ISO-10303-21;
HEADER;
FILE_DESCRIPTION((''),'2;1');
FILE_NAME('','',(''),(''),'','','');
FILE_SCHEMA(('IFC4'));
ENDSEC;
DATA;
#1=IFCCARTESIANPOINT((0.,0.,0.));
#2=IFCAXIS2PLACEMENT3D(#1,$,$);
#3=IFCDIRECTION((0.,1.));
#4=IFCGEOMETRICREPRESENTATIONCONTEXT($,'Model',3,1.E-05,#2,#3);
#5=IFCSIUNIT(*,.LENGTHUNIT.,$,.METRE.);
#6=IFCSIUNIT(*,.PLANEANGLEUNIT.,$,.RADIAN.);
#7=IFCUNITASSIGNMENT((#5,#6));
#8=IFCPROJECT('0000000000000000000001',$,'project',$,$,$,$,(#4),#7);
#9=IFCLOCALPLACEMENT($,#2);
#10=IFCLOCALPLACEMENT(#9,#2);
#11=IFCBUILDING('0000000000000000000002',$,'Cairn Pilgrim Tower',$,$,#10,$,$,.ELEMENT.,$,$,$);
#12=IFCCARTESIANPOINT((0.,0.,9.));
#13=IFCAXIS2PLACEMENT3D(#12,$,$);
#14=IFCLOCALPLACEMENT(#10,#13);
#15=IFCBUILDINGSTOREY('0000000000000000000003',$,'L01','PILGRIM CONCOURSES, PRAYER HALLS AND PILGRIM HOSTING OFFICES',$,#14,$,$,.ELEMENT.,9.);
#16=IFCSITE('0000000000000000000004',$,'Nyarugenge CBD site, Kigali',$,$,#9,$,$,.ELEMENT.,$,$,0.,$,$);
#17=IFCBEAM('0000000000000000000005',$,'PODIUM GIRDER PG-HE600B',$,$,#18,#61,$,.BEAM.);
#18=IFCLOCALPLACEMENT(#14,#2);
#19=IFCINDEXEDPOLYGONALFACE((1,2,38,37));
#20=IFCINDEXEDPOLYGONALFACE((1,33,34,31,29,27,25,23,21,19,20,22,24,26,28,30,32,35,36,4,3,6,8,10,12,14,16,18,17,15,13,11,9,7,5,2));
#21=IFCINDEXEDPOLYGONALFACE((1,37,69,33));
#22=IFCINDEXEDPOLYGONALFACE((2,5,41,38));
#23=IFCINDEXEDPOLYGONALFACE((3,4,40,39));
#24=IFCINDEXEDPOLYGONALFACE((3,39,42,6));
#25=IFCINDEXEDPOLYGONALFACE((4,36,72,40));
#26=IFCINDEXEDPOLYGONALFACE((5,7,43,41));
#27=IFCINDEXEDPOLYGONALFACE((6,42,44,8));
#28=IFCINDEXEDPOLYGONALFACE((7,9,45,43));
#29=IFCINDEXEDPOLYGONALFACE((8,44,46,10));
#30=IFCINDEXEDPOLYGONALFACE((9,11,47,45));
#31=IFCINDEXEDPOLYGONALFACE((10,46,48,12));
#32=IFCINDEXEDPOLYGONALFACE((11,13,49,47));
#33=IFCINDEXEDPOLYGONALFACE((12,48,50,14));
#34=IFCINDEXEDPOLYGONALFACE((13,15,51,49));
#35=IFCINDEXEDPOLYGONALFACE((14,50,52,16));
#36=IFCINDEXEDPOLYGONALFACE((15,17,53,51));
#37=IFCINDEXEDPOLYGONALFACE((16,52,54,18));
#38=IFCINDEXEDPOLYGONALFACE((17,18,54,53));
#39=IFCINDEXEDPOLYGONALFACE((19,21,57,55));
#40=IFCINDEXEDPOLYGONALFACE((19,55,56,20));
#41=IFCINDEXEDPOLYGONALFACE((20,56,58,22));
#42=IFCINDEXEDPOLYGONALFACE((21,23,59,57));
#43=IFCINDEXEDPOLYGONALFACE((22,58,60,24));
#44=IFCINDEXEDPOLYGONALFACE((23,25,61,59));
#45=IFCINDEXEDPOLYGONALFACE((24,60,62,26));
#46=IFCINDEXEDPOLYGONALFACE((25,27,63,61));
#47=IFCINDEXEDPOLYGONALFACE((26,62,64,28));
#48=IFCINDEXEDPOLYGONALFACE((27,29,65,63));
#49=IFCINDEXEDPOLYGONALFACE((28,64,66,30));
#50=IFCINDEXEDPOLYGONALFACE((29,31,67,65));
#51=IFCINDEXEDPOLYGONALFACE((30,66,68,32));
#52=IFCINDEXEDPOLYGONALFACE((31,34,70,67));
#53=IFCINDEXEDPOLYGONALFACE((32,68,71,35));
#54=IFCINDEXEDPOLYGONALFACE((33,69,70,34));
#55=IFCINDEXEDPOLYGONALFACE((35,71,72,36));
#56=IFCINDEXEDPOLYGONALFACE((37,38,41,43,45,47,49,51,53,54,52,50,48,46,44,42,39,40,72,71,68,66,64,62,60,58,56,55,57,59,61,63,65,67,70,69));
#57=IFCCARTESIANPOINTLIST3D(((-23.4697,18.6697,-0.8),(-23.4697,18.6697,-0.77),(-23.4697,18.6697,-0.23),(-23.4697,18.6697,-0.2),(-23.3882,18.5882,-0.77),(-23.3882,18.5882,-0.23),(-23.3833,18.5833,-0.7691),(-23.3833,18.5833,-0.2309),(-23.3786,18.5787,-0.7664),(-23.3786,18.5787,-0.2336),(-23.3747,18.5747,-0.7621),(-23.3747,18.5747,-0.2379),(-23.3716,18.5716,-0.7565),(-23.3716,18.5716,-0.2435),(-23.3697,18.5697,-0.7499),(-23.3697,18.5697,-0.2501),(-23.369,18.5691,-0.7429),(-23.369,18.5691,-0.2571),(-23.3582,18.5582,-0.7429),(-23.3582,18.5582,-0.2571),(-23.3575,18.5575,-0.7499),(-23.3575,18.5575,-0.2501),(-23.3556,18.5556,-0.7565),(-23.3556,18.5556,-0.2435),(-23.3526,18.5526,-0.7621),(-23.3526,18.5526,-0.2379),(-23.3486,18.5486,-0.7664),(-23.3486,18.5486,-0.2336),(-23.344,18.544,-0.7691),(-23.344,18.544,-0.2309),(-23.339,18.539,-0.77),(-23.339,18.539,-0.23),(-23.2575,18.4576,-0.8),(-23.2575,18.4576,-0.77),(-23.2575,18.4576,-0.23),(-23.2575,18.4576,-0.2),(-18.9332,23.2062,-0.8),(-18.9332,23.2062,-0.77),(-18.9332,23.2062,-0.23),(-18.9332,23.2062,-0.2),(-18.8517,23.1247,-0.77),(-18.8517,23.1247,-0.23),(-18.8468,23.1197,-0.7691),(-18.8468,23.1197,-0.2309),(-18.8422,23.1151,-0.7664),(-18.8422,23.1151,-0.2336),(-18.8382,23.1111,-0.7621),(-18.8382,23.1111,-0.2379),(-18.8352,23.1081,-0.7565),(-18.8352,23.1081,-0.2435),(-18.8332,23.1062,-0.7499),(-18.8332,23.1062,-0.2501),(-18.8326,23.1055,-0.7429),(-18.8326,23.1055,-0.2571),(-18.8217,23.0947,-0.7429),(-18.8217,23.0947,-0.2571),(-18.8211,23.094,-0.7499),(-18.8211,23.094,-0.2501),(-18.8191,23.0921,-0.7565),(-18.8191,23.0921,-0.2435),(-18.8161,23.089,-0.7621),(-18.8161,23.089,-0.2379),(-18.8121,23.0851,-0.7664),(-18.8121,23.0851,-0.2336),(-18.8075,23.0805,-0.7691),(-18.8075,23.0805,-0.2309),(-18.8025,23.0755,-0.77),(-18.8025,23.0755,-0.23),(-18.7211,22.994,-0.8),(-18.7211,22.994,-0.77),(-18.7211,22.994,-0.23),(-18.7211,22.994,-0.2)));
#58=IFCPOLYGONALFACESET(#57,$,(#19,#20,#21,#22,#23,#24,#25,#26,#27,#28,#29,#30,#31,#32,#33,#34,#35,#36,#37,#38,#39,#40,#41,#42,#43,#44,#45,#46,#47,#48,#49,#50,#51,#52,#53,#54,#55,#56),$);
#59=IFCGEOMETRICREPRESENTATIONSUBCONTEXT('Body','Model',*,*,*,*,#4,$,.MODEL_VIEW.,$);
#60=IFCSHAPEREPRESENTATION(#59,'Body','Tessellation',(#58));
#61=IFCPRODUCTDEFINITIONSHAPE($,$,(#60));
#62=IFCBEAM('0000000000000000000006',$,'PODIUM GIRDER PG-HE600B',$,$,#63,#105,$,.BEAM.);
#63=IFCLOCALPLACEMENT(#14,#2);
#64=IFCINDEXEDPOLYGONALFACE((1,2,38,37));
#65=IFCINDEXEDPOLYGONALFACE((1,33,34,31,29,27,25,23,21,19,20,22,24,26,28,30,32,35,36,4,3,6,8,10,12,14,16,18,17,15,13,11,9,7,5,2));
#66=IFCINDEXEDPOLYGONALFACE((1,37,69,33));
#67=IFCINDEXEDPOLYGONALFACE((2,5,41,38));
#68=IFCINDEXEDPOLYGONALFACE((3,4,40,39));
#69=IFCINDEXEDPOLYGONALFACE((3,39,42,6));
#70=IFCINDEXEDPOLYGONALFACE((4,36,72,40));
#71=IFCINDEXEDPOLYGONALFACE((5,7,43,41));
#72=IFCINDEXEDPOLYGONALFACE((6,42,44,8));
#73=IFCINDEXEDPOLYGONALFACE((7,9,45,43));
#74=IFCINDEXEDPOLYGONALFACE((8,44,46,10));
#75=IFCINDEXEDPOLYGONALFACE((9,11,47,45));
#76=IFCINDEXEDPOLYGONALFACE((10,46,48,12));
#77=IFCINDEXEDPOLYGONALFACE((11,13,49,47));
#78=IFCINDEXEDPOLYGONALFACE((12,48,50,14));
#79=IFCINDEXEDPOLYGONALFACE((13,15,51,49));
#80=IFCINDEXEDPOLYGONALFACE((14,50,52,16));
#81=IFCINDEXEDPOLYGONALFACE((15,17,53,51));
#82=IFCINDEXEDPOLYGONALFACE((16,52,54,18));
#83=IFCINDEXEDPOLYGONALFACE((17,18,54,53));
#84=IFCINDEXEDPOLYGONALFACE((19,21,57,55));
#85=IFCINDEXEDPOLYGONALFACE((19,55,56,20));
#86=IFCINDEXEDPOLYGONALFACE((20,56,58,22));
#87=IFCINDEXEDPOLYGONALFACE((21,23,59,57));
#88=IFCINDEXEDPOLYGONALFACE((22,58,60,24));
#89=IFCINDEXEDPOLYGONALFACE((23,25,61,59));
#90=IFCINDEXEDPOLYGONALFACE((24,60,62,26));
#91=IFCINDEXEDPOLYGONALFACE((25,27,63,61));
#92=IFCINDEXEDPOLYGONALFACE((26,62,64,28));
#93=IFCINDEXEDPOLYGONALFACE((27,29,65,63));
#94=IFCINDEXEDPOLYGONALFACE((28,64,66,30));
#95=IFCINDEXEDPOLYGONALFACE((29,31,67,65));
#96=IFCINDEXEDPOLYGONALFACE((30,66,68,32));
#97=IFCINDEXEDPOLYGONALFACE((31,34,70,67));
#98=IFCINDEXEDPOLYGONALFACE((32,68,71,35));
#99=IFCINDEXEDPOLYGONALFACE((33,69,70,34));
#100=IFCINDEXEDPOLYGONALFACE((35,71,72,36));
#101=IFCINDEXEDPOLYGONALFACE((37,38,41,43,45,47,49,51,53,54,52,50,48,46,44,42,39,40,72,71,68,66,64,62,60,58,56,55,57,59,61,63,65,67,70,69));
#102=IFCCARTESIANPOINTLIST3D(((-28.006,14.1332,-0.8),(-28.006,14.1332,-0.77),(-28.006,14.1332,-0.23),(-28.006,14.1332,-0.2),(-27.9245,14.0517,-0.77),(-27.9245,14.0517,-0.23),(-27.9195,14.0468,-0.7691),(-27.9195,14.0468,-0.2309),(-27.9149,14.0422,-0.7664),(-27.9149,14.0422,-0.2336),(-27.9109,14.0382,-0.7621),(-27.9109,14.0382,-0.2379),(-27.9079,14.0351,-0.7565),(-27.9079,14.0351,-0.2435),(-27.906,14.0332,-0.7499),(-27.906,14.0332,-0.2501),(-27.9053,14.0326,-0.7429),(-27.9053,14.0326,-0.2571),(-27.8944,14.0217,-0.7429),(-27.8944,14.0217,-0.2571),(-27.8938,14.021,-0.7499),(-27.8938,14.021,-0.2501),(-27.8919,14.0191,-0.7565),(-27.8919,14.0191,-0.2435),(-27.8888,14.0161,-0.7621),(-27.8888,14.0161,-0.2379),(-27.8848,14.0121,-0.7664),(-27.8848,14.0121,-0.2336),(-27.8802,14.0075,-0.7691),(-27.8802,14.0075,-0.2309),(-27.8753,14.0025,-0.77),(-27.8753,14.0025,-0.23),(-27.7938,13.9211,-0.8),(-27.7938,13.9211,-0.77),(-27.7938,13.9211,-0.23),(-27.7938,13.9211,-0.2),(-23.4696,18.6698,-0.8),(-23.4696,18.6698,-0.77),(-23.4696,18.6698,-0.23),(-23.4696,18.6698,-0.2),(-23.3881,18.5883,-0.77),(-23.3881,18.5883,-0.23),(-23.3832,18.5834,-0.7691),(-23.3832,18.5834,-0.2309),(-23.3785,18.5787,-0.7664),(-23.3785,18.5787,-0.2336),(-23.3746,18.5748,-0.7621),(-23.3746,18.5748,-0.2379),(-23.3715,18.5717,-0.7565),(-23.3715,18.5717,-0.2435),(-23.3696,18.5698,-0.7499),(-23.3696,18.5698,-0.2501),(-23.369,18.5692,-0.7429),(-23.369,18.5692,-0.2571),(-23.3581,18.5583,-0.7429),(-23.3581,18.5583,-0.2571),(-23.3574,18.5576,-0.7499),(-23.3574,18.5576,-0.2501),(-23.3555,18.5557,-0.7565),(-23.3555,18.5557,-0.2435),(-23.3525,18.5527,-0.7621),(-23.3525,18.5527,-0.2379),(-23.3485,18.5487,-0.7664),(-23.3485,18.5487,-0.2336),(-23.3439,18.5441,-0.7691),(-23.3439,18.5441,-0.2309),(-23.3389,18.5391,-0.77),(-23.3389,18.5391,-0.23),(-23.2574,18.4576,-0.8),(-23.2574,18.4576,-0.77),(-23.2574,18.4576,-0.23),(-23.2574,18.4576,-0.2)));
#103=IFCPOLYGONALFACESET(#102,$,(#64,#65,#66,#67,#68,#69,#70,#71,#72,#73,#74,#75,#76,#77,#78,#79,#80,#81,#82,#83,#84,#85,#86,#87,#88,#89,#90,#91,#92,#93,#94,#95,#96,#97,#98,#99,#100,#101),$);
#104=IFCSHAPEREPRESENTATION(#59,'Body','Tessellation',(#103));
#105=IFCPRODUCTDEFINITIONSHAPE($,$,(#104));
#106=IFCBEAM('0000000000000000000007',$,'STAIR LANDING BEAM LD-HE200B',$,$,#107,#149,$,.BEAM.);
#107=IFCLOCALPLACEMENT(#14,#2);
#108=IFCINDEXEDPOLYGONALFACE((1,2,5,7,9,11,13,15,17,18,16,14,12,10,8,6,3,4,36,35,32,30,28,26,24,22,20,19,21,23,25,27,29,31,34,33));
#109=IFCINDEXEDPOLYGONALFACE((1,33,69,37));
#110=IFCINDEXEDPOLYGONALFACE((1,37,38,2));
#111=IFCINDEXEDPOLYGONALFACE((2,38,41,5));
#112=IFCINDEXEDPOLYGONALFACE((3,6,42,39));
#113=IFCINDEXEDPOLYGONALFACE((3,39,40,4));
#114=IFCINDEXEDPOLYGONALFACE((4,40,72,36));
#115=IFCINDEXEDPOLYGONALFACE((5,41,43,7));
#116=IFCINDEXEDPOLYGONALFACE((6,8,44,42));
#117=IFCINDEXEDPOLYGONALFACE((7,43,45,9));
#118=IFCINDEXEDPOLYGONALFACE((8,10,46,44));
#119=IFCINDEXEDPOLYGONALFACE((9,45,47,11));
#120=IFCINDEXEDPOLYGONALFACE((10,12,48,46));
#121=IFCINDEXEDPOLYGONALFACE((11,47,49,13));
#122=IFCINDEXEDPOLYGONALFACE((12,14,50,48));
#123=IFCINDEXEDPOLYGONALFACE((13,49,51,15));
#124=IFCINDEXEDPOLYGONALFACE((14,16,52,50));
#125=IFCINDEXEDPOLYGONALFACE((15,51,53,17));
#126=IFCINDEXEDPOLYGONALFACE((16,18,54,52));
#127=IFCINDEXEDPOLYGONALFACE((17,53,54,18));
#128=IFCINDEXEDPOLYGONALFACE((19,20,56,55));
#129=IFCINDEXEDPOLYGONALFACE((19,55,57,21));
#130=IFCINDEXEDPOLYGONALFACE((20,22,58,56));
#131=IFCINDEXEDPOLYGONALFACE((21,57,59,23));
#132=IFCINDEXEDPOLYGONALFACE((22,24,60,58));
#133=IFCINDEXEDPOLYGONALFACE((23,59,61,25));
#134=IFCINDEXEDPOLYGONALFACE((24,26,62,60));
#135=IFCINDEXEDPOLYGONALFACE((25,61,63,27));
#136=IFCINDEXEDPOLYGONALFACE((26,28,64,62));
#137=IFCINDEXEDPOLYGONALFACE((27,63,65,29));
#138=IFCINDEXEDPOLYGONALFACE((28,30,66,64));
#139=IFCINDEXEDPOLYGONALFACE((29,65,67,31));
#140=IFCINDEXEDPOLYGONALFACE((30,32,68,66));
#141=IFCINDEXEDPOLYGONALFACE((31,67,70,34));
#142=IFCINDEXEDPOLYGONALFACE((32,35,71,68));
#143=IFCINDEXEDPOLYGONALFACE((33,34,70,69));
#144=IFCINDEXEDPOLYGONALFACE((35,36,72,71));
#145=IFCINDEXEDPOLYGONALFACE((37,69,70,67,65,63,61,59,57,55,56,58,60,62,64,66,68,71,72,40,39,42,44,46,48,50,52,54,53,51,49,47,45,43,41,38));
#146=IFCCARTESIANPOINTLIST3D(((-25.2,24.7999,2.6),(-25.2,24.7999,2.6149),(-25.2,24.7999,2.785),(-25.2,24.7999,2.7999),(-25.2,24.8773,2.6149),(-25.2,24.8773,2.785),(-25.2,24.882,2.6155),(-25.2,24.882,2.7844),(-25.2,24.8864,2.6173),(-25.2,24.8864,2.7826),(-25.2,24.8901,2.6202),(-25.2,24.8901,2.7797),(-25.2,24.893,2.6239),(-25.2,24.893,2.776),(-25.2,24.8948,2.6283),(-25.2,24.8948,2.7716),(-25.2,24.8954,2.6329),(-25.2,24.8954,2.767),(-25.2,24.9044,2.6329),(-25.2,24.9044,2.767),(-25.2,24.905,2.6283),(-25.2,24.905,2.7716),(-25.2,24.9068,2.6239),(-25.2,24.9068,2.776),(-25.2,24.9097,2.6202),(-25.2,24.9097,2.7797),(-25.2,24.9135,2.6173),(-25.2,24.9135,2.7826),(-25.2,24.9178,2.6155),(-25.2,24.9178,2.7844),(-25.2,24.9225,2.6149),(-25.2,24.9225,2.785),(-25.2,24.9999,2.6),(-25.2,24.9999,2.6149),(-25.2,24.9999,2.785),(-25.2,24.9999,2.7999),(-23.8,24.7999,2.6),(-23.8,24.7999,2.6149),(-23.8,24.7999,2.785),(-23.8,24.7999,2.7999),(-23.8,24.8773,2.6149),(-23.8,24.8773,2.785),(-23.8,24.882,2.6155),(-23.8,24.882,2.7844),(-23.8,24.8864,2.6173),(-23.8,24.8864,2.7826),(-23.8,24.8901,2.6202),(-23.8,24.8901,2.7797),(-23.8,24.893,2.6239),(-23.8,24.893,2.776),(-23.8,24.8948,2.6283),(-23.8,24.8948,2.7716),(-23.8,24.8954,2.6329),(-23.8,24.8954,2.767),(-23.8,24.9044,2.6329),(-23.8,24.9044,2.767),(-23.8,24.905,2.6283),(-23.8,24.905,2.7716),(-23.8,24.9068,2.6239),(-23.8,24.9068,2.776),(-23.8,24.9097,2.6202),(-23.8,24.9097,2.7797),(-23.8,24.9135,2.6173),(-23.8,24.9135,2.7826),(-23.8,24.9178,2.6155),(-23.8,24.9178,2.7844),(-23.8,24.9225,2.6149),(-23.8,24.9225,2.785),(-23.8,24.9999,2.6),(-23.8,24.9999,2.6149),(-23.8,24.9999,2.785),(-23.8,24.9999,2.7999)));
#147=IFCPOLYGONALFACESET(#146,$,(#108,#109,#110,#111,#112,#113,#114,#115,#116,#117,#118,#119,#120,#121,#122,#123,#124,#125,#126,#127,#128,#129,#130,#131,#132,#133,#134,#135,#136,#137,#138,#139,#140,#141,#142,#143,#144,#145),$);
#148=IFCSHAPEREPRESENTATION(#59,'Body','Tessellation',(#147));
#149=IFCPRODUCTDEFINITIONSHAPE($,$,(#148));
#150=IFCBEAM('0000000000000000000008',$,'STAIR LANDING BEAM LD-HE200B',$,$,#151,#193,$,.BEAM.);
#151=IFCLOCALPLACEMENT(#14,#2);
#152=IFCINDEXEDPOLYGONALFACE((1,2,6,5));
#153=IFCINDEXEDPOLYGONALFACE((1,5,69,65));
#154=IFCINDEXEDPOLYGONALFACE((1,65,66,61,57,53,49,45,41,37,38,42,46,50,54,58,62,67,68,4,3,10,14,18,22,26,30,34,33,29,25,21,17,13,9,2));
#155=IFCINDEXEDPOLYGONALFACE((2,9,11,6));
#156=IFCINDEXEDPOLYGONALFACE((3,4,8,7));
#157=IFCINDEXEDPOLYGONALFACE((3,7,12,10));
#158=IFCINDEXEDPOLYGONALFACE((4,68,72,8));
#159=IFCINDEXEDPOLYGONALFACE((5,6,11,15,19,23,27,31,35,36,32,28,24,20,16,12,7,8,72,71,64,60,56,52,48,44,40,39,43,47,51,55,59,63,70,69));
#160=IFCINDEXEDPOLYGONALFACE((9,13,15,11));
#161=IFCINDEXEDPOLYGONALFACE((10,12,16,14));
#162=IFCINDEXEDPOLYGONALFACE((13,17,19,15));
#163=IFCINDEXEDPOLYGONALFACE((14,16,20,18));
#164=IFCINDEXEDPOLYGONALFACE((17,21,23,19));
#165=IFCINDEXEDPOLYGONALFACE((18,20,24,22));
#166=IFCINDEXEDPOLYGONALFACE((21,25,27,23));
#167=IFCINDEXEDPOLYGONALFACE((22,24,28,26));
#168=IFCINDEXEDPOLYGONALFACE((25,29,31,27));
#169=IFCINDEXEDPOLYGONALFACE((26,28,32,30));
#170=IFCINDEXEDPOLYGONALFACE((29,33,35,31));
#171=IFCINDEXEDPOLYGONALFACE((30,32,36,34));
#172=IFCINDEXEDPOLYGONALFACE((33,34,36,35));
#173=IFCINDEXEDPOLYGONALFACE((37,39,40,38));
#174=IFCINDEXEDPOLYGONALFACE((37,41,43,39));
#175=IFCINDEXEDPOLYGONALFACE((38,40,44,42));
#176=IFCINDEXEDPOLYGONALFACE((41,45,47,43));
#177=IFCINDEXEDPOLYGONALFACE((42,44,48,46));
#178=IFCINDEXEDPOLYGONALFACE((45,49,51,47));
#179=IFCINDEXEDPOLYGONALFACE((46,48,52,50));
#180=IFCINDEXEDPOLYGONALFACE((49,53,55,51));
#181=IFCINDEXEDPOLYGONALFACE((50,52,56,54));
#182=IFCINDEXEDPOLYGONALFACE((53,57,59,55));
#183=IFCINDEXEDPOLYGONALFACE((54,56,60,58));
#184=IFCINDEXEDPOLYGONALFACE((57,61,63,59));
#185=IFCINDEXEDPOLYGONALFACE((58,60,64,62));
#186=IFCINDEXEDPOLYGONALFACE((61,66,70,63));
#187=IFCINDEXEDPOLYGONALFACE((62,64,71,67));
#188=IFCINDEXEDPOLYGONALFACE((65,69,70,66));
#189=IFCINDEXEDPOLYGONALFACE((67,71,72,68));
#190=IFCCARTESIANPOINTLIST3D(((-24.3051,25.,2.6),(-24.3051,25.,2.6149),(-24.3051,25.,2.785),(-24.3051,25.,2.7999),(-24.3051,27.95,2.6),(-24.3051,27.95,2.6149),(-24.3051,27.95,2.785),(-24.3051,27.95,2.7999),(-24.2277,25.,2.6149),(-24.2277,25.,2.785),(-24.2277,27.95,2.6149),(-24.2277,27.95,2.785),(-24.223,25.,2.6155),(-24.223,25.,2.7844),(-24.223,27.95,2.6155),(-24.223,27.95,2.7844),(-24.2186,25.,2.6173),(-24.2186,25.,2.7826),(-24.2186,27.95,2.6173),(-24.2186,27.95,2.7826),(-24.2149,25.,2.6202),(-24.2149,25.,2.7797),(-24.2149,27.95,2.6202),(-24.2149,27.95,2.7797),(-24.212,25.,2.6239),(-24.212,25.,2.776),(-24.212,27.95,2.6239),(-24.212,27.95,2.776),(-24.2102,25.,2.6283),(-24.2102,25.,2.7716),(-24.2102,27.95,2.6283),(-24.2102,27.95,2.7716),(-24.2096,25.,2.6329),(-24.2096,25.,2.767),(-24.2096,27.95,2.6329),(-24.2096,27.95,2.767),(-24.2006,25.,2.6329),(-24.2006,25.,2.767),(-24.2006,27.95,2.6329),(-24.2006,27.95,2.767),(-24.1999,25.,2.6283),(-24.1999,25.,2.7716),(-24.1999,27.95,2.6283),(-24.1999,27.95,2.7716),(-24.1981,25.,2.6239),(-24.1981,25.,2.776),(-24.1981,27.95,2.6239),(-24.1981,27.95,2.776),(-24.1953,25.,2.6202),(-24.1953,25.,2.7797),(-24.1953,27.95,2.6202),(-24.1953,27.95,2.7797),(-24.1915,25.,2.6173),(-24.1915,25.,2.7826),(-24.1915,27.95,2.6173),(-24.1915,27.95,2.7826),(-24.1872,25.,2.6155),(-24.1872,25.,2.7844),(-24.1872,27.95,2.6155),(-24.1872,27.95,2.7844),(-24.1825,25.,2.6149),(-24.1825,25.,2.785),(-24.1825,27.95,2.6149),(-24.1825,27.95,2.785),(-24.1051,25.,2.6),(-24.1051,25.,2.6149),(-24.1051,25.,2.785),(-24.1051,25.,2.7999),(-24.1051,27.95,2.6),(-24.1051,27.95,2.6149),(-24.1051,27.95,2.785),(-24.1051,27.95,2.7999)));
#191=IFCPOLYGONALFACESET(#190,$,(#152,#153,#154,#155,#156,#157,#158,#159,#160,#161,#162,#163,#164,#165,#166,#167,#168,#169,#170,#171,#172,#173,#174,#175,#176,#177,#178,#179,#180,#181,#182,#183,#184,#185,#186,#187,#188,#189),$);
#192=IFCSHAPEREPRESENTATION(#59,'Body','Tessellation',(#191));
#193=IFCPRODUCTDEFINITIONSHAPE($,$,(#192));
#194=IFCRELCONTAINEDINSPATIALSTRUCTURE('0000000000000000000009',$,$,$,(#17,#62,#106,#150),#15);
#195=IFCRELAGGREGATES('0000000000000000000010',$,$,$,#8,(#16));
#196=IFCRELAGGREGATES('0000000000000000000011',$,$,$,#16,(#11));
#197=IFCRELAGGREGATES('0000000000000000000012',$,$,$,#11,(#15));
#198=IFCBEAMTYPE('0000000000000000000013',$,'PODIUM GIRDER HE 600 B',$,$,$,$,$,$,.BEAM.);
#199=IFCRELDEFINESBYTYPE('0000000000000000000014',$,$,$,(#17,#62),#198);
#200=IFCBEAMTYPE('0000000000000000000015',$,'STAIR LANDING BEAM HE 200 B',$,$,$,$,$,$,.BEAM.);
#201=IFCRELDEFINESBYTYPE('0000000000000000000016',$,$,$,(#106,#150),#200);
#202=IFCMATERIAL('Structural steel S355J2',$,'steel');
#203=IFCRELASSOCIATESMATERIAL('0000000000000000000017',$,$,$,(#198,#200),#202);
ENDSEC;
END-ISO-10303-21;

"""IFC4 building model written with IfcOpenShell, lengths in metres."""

from ifc_helpers import new_model, si_unit, direction, frame, origin, origin_2d, place, context, subcontext, project, spatial, i_section, extrude, material, material_profile, profile_set, type_object, element, save


model = new_model("IFC4")

# Units and contexts
model_context = context("Model", 3, precision=1e-05, world=origin(), true_north=direction((0.0, 1.0)))
body_context = subcontext(model_context, "Body", "Model", "MODEL_VIEW")
ifc_project = project(units=[si_unit("LENGTHUNIT", "METRE"), si_unit("PLANEANGLEUNIT", "RADIAN")], contexts=[model_context])

# Site, building, storey
site_placement = place(None, origin())
site = spatial("IfcSite", under=ifc_project, at=site_placement, Name="Nyarugenge CBD site, Kigali", CompositionType="ELEMENT", RefElevation=0.0)
building_placement = place(site_placement, origin())
building = spatial("IfcBuilding", under=site, at=building_placement, Name="Cairn Pilgrim Tower", CompositionType="ELEMENT")
storey_placement = place(building_placement, frame((0.0, 0.0, 9.0)))
storey = spatial("IfcBuildingStorey", under=building, at=storey_placement, Name="L01", Description="PILGRIM CONCOURSES, PRAYER HALLS AND PILGRIM HOSTING OFFICES", CompositionType="ELEMENT", Elevation=9.0)

# Shared definitions
ifc_material_1 = material(Name="Structural steel S355J2", Category="steel")

# Beams
ifc_material_profile_1 = material_profile(ifc_material_1, i_section(OverallWidth=0.3, OverallDepth=0.6001, WebThickness=0.0154, FlangeThickness=0.03, FilletRadius=0.0271, at=origin_2d()), Name="HEB 600")
ifc_profile_set_1 = profile_set([ifc_material_profile_1], Name="Structural steel S355J2")
beam_type_1 = type_object("IfcBeamType", Name="PODIUM GIRDER HE 600 B", PredefinedType="BEAM", material=ifc_profile_set_1)
for number, where, z_axis, x_axis, name in (
    (1, (-18.8271, 23.1001, -0.5), (-0.707107, -0.707107, 0.0), (0.707107, -0.707107, 0.0), "PODIUM GIRDER PG-HE600B"),
    (2, (-23.3635, 18.5637, -0.5), (-0.707088, -0.707126, 0.0), (0.707126, -0.707088, 0.0), "PODIUM GIRDER PG-HE600B"),
):
    element("IfcBeam", number, at=place(storey_placement, frame(where, z_axis=z_axis, x_axis=x_axis)), inside=storey, type_object=beam_type_1, Name=name, PredefinedType="BEAM", context=body_context, shape_type="SweptSolid", body=[
        extrude(i_section(OverallWidth=0.3, OverallDepth=0.6001, WebThickness=0.0154, FlangeThickness=0.03, FilletRadius=0.0271, at=origin_2d()), origin(), (0.0, 0.0, 1.0), 6.4155),
    ])
ifc_material_profile_2 = material_profile(ifc_material_1, i_section(OverallWidth=0.2, OverallDepth=0.2, WebThickness=0.009, FlangeThickness=0.0149, FilletRadius=0.0181, at=origin_2d()), Name="HE 200 B")
ifc_profile_set_2 = profile_set([ifc_material_profile_2], Name="Structural steel S355J2")
beam_type_2 = type_object("IfcBeamType", Name="STAIR LANDING BEAM HE 200 B", PredefinedType="BEAM", material=ifc_profile_set_2)
beam_1_placement = place(storey_placement, frame((-23.8, 24.8999, 2.7), z_axis=(-1.0, 0.0, 0.0), x_axis=(0.0, -1.0, 0.0)))
element("IfcBeam", 3, at=beam_1_placement, inside=storey, type_object=beam_type_2, Name="STAIR LANDING BEAM LD-HE200B", PredefinedType="BEAM", context=body_context, shape_type="SweptSolid", body=[
    extrude(i_section(OverallWidth=0.2, OverallDepth=0.2, WebThickness=0.009, FlangeThickness=0.0149, FilletRadius=0.0181, at=origin_2d()), origin(), (0.0, 0.0, 1.0), 1.3999),
])
beam_2_placement = place(storey_placement, frame((-24.2051, 25.0, 2.7), z_axis=(0.0, 1.0, 0.0), x_axis=(-1.0, 0.0, 0.0)))
element("IfcBeam", 4, at=beam_2_placement, inside=storey, type_object=beam_type_2, Name="STAIR LANDING BEAM LD-HE200B", PredefinedType="BEAM", context=body_context, shape_type="SweptSolid", body=[
    extrude(i_section(OverallWidth=0.2, OverallDepth=0.2, WebThickness=0.009, FlangeThickness=0.0149, FilletRadius=0.0181, at=origin_2d()), origin(), (0.0, 0.0, 1.0), 2.95),
])

save(model, "model.ifc")
